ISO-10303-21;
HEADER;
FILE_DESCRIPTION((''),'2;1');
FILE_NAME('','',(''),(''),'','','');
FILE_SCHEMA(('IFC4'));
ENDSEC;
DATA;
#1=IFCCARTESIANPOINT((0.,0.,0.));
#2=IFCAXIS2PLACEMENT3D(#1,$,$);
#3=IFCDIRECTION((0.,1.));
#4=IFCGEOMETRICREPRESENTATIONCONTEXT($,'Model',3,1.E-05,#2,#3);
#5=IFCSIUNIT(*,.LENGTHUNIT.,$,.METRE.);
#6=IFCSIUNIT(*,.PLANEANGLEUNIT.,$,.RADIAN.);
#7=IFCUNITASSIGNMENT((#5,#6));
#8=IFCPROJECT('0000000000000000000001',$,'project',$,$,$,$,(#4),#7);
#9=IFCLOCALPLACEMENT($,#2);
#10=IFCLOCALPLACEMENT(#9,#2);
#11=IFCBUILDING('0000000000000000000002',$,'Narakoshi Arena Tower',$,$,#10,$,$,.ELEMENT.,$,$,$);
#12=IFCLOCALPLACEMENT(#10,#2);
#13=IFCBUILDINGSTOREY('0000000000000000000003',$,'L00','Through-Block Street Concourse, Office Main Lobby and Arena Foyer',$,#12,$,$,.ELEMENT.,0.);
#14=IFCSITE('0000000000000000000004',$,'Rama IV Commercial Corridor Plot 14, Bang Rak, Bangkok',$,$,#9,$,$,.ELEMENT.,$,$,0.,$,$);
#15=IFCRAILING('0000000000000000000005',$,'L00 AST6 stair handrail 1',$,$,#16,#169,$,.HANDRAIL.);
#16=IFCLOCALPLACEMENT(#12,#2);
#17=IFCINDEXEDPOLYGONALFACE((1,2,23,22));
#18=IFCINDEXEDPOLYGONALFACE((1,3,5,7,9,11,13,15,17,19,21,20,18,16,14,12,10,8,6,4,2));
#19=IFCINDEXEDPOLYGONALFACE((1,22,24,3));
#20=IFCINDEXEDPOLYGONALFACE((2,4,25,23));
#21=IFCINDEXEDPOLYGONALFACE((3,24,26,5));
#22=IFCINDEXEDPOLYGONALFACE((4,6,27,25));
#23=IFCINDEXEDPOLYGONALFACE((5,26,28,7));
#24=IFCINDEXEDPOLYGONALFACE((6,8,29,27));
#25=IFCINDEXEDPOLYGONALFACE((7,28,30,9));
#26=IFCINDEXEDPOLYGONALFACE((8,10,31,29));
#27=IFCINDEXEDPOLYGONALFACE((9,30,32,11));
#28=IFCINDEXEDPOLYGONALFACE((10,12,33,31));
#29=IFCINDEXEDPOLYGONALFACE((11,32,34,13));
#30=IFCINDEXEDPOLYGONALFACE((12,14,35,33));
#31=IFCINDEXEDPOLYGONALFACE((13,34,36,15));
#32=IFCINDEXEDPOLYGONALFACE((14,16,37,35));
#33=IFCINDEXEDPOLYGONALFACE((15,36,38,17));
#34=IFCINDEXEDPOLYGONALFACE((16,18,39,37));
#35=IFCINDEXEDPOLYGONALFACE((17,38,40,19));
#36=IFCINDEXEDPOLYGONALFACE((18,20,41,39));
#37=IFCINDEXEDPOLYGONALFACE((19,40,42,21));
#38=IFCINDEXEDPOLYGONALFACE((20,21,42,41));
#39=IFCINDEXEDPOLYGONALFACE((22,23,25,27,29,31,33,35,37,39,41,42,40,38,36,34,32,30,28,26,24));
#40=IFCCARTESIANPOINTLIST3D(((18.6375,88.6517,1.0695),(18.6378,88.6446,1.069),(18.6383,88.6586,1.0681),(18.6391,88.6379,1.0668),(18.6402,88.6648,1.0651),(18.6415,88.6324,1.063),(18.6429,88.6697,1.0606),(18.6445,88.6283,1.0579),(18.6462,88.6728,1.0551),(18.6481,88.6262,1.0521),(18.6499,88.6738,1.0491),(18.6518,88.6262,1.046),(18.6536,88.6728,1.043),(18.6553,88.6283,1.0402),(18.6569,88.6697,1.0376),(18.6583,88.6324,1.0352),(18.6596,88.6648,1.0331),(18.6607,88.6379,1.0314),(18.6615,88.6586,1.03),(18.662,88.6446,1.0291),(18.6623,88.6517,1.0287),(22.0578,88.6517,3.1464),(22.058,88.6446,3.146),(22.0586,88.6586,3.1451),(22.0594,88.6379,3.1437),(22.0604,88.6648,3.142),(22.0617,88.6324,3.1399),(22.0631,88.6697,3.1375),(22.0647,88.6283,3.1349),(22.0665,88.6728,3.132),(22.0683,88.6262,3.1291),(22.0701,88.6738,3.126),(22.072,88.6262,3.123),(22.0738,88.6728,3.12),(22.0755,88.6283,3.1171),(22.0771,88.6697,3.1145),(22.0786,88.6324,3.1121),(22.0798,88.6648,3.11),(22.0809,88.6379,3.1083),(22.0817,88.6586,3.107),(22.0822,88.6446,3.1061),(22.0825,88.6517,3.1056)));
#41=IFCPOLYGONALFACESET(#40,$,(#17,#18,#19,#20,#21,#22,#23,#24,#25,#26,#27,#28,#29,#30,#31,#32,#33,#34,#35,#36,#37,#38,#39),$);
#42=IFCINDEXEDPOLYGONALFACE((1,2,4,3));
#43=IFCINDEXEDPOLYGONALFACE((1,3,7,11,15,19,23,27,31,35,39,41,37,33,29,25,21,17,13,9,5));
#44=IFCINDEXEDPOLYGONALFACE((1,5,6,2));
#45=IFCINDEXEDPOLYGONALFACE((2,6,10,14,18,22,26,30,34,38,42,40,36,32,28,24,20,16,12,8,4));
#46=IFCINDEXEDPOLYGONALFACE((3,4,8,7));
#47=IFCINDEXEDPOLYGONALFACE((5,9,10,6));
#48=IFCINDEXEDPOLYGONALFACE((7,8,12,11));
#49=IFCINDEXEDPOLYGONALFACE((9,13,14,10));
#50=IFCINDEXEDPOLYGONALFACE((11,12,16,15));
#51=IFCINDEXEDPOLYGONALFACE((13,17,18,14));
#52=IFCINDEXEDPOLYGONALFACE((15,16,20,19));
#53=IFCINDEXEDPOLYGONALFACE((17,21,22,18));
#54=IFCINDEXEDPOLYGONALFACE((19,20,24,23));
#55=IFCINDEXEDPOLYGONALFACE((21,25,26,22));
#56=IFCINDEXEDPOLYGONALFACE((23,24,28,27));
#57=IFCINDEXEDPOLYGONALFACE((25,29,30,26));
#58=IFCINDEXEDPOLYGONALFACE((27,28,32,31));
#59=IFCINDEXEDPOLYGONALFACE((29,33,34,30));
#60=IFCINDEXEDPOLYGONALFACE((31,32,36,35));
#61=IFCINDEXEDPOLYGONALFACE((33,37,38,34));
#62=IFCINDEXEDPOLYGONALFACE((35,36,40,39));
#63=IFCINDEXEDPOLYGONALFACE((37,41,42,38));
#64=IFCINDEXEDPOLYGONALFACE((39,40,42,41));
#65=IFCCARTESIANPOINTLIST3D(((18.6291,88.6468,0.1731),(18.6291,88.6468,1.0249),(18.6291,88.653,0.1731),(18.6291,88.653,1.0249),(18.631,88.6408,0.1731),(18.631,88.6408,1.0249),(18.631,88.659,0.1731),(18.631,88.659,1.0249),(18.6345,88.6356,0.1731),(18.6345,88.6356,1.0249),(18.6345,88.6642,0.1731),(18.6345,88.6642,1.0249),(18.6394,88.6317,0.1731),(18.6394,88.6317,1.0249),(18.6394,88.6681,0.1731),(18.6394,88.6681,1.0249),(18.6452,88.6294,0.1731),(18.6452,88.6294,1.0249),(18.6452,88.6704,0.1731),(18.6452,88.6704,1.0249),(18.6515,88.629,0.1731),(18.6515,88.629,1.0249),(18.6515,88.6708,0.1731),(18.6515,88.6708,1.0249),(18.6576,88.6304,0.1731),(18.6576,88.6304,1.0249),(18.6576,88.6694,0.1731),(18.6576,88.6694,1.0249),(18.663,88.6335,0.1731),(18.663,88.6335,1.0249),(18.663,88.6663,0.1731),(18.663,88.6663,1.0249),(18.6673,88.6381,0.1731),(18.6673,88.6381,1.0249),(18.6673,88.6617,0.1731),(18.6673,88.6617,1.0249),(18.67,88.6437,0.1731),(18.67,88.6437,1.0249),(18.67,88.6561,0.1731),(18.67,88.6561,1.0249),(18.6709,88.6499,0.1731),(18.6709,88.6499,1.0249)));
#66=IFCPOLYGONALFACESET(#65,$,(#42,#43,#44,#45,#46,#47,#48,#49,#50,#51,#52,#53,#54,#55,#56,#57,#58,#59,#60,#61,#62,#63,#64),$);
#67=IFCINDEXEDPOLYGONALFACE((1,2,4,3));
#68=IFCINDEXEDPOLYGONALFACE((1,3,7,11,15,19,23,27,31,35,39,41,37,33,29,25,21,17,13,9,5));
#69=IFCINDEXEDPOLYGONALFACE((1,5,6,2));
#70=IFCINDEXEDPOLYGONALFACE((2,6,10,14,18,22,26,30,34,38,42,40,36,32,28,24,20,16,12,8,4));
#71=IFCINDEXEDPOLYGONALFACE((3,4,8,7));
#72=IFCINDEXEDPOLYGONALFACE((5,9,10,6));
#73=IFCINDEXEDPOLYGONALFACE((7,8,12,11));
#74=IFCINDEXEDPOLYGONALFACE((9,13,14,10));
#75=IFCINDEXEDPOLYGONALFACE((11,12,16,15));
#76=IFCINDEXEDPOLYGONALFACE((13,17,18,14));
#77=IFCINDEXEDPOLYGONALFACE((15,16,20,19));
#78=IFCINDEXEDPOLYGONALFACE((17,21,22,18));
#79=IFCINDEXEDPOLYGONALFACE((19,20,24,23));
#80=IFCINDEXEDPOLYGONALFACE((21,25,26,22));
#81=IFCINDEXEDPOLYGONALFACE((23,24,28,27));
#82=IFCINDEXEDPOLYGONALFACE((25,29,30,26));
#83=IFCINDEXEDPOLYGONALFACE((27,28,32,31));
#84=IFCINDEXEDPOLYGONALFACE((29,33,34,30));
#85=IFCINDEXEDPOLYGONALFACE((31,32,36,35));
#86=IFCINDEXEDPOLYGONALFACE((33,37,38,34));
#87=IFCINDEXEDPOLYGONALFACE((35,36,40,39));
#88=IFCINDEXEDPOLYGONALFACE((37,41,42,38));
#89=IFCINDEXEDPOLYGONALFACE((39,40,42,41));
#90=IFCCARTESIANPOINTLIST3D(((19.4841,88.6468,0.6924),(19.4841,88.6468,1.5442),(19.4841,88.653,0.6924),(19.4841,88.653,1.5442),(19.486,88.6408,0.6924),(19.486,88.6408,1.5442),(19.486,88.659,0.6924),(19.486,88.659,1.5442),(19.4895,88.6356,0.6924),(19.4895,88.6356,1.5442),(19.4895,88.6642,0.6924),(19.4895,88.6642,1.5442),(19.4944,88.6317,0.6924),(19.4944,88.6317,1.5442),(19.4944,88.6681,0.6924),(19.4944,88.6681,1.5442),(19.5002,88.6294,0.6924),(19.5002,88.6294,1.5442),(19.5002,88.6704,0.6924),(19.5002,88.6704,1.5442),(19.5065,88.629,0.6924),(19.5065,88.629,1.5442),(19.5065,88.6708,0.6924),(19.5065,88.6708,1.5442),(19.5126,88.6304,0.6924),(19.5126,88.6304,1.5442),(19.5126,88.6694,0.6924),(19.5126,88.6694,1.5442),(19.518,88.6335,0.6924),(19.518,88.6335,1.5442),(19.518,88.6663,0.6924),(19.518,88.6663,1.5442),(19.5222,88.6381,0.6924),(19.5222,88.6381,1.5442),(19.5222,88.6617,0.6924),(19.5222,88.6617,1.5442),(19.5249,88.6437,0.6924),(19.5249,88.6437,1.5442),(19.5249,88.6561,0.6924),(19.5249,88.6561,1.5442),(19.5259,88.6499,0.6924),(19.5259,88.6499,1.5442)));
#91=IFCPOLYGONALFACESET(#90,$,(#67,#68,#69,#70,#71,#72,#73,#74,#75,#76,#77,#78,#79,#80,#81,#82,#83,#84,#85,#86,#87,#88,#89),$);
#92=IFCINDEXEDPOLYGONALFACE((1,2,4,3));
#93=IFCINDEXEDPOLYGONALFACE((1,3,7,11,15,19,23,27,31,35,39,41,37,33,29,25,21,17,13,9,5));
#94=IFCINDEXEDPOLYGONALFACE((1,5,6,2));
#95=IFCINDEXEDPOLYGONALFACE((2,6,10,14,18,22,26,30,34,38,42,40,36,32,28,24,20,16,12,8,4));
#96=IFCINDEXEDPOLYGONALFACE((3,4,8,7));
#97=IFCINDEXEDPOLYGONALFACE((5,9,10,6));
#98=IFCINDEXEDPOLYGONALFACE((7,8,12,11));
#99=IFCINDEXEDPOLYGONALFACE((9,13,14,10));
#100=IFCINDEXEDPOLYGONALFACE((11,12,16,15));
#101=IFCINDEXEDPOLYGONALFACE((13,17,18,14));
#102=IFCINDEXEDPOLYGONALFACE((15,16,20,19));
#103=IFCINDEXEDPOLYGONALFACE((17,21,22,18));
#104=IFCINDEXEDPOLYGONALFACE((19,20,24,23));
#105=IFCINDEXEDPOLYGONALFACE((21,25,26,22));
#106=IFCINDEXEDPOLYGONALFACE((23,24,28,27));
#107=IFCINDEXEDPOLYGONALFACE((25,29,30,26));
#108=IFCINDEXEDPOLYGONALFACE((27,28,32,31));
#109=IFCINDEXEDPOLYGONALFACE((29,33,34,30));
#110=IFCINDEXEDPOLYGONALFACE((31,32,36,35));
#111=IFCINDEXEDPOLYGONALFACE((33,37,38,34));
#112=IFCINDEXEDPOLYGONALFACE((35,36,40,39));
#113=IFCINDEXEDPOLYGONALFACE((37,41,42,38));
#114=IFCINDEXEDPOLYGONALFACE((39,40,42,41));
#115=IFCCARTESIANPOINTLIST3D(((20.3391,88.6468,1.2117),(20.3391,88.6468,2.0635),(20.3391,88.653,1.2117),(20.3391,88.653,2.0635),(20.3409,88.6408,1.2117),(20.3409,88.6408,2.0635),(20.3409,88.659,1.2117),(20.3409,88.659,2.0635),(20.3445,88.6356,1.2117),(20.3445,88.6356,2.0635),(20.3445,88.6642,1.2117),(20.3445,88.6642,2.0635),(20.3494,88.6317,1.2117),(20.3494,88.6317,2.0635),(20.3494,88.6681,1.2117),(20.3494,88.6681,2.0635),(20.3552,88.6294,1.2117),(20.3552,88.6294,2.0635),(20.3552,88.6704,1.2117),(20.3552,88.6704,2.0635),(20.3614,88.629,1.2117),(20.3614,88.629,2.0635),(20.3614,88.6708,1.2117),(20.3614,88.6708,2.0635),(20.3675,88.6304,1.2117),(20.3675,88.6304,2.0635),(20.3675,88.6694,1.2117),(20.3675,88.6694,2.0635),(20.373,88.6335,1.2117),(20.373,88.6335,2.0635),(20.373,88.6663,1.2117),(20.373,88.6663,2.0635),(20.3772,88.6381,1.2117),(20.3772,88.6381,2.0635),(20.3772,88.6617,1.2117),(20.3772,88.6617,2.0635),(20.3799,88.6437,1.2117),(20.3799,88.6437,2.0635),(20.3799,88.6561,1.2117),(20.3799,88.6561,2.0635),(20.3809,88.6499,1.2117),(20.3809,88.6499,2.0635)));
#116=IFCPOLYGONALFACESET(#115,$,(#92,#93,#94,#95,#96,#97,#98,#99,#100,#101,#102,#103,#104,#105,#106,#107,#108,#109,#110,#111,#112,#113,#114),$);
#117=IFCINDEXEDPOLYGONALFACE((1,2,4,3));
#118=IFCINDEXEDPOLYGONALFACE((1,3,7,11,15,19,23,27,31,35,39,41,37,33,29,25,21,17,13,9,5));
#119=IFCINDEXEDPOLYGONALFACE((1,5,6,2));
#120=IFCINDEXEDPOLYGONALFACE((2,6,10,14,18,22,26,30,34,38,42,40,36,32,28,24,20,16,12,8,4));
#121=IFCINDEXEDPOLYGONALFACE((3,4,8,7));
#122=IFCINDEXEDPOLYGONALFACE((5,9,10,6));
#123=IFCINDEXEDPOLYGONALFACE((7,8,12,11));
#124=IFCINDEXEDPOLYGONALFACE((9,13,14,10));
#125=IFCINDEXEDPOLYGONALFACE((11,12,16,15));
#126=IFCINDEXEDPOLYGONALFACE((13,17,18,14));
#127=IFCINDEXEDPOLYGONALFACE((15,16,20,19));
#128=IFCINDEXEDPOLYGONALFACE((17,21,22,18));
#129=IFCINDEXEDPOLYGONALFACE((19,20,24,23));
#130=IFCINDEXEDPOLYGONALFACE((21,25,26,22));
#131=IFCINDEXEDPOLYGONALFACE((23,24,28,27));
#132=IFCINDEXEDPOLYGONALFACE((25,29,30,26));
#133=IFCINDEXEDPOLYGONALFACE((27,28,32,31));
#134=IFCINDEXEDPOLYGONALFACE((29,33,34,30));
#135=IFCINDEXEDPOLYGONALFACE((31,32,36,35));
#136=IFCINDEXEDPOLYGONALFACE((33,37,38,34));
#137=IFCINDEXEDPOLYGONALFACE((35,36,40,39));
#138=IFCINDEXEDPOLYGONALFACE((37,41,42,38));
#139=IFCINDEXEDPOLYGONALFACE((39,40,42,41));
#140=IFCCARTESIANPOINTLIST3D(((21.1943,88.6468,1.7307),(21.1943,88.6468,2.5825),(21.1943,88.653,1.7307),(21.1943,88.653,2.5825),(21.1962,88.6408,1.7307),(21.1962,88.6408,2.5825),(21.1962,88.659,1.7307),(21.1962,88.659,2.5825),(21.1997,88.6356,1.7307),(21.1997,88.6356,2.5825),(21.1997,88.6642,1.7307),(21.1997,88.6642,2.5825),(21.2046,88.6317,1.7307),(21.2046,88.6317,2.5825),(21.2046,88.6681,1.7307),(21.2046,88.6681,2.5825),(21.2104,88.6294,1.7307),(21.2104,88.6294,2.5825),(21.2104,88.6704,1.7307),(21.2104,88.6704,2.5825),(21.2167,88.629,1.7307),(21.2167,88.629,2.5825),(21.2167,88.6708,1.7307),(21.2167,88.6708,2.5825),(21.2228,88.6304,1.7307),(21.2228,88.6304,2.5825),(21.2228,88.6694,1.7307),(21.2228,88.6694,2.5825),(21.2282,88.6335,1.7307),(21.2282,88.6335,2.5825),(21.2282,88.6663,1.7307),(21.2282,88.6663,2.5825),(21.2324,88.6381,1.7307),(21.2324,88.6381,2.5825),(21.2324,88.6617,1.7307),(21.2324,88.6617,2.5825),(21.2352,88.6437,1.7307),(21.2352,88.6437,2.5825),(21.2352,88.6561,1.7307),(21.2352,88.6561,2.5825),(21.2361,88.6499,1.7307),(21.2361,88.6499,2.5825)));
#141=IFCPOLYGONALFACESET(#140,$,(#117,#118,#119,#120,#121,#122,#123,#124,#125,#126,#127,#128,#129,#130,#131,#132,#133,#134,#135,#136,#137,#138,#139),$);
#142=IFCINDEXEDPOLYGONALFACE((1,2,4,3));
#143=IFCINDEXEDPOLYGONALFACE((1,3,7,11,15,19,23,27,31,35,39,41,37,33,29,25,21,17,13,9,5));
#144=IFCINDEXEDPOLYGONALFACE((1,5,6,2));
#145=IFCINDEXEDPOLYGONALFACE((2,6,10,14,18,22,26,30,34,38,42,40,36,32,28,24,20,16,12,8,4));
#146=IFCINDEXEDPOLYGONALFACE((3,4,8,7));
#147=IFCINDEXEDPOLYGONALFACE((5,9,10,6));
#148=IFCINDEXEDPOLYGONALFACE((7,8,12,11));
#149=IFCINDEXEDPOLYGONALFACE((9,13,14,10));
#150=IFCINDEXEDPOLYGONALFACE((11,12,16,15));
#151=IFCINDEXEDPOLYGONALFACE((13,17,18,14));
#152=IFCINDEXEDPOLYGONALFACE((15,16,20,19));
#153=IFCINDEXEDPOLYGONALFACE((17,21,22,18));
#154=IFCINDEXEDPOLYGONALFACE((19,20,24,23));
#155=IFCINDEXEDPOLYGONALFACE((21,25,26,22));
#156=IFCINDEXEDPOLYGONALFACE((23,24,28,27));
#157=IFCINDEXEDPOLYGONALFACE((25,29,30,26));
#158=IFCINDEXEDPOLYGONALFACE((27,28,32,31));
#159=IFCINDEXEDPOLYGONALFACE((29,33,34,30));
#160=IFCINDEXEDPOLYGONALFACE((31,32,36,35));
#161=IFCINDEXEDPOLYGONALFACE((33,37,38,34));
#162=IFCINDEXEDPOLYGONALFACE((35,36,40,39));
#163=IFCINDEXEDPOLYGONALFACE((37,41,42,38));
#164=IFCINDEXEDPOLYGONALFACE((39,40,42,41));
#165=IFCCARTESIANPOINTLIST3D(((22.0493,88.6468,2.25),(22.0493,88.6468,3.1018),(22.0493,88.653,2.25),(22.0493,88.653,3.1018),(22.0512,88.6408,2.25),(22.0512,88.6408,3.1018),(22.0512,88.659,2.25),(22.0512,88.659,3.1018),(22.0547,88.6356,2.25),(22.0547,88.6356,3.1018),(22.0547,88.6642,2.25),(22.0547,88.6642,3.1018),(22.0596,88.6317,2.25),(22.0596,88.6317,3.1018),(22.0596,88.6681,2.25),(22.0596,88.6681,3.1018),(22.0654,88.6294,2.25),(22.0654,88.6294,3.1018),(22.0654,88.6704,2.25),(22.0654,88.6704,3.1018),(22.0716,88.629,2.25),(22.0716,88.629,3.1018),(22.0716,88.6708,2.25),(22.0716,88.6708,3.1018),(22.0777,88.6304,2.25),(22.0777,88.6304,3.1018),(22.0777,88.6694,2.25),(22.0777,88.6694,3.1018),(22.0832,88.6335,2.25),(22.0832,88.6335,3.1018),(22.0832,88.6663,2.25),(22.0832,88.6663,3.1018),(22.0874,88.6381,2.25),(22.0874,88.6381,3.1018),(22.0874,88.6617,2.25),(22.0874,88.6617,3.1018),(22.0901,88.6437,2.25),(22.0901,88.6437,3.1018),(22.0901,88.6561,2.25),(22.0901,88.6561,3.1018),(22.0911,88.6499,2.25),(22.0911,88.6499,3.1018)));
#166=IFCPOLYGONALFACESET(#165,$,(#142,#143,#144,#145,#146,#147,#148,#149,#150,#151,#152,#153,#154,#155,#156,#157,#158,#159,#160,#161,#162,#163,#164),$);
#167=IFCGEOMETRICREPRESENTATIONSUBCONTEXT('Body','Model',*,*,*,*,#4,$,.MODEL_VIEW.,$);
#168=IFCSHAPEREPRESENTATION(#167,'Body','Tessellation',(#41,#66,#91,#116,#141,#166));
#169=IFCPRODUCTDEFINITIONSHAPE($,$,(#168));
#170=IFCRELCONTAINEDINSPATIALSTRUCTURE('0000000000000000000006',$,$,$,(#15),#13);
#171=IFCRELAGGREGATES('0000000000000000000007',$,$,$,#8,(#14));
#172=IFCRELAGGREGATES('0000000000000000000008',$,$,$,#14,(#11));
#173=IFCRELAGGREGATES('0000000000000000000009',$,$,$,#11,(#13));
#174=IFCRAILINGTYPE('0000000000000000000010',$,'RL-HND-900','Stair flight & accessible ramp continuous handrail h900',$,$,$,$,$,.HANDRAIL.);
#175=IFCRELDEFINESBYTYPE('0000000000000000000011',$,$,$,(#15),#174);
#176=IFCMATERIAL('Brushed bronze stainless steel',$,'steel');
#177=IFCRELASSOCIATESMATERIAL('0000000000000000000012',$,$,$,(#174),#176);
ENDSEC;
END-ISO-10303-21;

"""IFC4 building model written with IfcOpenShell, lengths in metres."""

from ifc_helpers import new_model, si_unit, direction, frame, origin, origin_2d, place, context, subcontext, project, spatial, circle, extrude, material, type_object, element, save


model = new_model("IFC4")

# Units and contexts
model_context = context("Model", 3, precision=1e-05, world=origin(), true_north=direction((0.0, 1.0)))
body_context = subcontext(model_context, "Body", "Model", "MODEL_VIEW")
ifc_project = project(units=[si_unit("LENGTHUNIT", "METRE"), si_unit("PLANEANGLEUNIT", "RADIAN")], contexts=[model_context])

# Site, building, storey
site_placement = place(None, origin())
site = spatial("IfcSite", under=ifc_project, at=site_placement, Name="Rama IV Commercial Corridor Plot 14, Bang Rak, Bangkok", CompositionType="ELEMENT", RefElevation=0.0)
building_placement = place(site_placement, origin())
building = spatial("IfcBuilding", under=site, at=building_placement, Name="Narakoshi Arena Tower", CompositionType="ELEMENT")
storey_placement = place(building_placement, origin())
storey = spatial("IfcBuildingStorey", under=building, at=storey_placement, Name="L00", Description="Through-Block Street Concourse, Office Main Lobby and Arena Foyer", CompositionType="ELEMENT", Elevation=0.0)

# Railing
ifc_material_1 = material(Name="Brushed bronze stainless steel", Category="steel")
railing_type_1 = type_object("IfcRailingType", Name="RL-HND-900", Description="Stair flight & accessible ramp continuous handrail h900", PredefinedType="HANDRAIL", material=ifc_material_1)
railing_1_placement = place(storey_placement, frame((18.6499, 88.6499, 0.1731)))
element("IfcRailing", 1, at=railing_1_placement, inside=storey, type_object=railing_type_1, Name="L00 AST6 stair handrail 1", PredefinedType="HANDRAIL", context=body_context, shape_type="SweptSolid", body=[
    extrude(circle(Radius=0.0239, at=origin_2d()), frame((0.0, 0.0, 0.876), z_axis=(0.854746, 0.0, 0.519047), x_axis=(0.0, 1.0, 0.0)), (0.0, 0.0, 1.0), 4.0015),
    extrude(circle(Radius=0.021, at=origin_2d()), origin(), (0.0, 0.0, 1.0), 0.8518),
    extrude(circle(Radius=0.021, at=origin_2d()), frame((0.855, 0.0, 0.5193)), (0.0, 0.0, 1.0), 0.8518),
    extrude(circle(Radius=0.021, at=origin_2d()), frame((1.71, 0.0, 1.0386)), (0.0, 0.0, 1.0), 0.8518),
    extrude(circle(Radius=0.021, at=origin_2d()), frame((2.5652, 0.0, 1.5576)), (0.0, 0.0, 1.0), 0.8518),
    extrude(circle(Radius=0.021, at=origin_2d()), frame((3.4202, 0.0, 2.0769)), (0.0, 0.0, 1.0), 0.8518),
])

save(model, "model.ifc")
